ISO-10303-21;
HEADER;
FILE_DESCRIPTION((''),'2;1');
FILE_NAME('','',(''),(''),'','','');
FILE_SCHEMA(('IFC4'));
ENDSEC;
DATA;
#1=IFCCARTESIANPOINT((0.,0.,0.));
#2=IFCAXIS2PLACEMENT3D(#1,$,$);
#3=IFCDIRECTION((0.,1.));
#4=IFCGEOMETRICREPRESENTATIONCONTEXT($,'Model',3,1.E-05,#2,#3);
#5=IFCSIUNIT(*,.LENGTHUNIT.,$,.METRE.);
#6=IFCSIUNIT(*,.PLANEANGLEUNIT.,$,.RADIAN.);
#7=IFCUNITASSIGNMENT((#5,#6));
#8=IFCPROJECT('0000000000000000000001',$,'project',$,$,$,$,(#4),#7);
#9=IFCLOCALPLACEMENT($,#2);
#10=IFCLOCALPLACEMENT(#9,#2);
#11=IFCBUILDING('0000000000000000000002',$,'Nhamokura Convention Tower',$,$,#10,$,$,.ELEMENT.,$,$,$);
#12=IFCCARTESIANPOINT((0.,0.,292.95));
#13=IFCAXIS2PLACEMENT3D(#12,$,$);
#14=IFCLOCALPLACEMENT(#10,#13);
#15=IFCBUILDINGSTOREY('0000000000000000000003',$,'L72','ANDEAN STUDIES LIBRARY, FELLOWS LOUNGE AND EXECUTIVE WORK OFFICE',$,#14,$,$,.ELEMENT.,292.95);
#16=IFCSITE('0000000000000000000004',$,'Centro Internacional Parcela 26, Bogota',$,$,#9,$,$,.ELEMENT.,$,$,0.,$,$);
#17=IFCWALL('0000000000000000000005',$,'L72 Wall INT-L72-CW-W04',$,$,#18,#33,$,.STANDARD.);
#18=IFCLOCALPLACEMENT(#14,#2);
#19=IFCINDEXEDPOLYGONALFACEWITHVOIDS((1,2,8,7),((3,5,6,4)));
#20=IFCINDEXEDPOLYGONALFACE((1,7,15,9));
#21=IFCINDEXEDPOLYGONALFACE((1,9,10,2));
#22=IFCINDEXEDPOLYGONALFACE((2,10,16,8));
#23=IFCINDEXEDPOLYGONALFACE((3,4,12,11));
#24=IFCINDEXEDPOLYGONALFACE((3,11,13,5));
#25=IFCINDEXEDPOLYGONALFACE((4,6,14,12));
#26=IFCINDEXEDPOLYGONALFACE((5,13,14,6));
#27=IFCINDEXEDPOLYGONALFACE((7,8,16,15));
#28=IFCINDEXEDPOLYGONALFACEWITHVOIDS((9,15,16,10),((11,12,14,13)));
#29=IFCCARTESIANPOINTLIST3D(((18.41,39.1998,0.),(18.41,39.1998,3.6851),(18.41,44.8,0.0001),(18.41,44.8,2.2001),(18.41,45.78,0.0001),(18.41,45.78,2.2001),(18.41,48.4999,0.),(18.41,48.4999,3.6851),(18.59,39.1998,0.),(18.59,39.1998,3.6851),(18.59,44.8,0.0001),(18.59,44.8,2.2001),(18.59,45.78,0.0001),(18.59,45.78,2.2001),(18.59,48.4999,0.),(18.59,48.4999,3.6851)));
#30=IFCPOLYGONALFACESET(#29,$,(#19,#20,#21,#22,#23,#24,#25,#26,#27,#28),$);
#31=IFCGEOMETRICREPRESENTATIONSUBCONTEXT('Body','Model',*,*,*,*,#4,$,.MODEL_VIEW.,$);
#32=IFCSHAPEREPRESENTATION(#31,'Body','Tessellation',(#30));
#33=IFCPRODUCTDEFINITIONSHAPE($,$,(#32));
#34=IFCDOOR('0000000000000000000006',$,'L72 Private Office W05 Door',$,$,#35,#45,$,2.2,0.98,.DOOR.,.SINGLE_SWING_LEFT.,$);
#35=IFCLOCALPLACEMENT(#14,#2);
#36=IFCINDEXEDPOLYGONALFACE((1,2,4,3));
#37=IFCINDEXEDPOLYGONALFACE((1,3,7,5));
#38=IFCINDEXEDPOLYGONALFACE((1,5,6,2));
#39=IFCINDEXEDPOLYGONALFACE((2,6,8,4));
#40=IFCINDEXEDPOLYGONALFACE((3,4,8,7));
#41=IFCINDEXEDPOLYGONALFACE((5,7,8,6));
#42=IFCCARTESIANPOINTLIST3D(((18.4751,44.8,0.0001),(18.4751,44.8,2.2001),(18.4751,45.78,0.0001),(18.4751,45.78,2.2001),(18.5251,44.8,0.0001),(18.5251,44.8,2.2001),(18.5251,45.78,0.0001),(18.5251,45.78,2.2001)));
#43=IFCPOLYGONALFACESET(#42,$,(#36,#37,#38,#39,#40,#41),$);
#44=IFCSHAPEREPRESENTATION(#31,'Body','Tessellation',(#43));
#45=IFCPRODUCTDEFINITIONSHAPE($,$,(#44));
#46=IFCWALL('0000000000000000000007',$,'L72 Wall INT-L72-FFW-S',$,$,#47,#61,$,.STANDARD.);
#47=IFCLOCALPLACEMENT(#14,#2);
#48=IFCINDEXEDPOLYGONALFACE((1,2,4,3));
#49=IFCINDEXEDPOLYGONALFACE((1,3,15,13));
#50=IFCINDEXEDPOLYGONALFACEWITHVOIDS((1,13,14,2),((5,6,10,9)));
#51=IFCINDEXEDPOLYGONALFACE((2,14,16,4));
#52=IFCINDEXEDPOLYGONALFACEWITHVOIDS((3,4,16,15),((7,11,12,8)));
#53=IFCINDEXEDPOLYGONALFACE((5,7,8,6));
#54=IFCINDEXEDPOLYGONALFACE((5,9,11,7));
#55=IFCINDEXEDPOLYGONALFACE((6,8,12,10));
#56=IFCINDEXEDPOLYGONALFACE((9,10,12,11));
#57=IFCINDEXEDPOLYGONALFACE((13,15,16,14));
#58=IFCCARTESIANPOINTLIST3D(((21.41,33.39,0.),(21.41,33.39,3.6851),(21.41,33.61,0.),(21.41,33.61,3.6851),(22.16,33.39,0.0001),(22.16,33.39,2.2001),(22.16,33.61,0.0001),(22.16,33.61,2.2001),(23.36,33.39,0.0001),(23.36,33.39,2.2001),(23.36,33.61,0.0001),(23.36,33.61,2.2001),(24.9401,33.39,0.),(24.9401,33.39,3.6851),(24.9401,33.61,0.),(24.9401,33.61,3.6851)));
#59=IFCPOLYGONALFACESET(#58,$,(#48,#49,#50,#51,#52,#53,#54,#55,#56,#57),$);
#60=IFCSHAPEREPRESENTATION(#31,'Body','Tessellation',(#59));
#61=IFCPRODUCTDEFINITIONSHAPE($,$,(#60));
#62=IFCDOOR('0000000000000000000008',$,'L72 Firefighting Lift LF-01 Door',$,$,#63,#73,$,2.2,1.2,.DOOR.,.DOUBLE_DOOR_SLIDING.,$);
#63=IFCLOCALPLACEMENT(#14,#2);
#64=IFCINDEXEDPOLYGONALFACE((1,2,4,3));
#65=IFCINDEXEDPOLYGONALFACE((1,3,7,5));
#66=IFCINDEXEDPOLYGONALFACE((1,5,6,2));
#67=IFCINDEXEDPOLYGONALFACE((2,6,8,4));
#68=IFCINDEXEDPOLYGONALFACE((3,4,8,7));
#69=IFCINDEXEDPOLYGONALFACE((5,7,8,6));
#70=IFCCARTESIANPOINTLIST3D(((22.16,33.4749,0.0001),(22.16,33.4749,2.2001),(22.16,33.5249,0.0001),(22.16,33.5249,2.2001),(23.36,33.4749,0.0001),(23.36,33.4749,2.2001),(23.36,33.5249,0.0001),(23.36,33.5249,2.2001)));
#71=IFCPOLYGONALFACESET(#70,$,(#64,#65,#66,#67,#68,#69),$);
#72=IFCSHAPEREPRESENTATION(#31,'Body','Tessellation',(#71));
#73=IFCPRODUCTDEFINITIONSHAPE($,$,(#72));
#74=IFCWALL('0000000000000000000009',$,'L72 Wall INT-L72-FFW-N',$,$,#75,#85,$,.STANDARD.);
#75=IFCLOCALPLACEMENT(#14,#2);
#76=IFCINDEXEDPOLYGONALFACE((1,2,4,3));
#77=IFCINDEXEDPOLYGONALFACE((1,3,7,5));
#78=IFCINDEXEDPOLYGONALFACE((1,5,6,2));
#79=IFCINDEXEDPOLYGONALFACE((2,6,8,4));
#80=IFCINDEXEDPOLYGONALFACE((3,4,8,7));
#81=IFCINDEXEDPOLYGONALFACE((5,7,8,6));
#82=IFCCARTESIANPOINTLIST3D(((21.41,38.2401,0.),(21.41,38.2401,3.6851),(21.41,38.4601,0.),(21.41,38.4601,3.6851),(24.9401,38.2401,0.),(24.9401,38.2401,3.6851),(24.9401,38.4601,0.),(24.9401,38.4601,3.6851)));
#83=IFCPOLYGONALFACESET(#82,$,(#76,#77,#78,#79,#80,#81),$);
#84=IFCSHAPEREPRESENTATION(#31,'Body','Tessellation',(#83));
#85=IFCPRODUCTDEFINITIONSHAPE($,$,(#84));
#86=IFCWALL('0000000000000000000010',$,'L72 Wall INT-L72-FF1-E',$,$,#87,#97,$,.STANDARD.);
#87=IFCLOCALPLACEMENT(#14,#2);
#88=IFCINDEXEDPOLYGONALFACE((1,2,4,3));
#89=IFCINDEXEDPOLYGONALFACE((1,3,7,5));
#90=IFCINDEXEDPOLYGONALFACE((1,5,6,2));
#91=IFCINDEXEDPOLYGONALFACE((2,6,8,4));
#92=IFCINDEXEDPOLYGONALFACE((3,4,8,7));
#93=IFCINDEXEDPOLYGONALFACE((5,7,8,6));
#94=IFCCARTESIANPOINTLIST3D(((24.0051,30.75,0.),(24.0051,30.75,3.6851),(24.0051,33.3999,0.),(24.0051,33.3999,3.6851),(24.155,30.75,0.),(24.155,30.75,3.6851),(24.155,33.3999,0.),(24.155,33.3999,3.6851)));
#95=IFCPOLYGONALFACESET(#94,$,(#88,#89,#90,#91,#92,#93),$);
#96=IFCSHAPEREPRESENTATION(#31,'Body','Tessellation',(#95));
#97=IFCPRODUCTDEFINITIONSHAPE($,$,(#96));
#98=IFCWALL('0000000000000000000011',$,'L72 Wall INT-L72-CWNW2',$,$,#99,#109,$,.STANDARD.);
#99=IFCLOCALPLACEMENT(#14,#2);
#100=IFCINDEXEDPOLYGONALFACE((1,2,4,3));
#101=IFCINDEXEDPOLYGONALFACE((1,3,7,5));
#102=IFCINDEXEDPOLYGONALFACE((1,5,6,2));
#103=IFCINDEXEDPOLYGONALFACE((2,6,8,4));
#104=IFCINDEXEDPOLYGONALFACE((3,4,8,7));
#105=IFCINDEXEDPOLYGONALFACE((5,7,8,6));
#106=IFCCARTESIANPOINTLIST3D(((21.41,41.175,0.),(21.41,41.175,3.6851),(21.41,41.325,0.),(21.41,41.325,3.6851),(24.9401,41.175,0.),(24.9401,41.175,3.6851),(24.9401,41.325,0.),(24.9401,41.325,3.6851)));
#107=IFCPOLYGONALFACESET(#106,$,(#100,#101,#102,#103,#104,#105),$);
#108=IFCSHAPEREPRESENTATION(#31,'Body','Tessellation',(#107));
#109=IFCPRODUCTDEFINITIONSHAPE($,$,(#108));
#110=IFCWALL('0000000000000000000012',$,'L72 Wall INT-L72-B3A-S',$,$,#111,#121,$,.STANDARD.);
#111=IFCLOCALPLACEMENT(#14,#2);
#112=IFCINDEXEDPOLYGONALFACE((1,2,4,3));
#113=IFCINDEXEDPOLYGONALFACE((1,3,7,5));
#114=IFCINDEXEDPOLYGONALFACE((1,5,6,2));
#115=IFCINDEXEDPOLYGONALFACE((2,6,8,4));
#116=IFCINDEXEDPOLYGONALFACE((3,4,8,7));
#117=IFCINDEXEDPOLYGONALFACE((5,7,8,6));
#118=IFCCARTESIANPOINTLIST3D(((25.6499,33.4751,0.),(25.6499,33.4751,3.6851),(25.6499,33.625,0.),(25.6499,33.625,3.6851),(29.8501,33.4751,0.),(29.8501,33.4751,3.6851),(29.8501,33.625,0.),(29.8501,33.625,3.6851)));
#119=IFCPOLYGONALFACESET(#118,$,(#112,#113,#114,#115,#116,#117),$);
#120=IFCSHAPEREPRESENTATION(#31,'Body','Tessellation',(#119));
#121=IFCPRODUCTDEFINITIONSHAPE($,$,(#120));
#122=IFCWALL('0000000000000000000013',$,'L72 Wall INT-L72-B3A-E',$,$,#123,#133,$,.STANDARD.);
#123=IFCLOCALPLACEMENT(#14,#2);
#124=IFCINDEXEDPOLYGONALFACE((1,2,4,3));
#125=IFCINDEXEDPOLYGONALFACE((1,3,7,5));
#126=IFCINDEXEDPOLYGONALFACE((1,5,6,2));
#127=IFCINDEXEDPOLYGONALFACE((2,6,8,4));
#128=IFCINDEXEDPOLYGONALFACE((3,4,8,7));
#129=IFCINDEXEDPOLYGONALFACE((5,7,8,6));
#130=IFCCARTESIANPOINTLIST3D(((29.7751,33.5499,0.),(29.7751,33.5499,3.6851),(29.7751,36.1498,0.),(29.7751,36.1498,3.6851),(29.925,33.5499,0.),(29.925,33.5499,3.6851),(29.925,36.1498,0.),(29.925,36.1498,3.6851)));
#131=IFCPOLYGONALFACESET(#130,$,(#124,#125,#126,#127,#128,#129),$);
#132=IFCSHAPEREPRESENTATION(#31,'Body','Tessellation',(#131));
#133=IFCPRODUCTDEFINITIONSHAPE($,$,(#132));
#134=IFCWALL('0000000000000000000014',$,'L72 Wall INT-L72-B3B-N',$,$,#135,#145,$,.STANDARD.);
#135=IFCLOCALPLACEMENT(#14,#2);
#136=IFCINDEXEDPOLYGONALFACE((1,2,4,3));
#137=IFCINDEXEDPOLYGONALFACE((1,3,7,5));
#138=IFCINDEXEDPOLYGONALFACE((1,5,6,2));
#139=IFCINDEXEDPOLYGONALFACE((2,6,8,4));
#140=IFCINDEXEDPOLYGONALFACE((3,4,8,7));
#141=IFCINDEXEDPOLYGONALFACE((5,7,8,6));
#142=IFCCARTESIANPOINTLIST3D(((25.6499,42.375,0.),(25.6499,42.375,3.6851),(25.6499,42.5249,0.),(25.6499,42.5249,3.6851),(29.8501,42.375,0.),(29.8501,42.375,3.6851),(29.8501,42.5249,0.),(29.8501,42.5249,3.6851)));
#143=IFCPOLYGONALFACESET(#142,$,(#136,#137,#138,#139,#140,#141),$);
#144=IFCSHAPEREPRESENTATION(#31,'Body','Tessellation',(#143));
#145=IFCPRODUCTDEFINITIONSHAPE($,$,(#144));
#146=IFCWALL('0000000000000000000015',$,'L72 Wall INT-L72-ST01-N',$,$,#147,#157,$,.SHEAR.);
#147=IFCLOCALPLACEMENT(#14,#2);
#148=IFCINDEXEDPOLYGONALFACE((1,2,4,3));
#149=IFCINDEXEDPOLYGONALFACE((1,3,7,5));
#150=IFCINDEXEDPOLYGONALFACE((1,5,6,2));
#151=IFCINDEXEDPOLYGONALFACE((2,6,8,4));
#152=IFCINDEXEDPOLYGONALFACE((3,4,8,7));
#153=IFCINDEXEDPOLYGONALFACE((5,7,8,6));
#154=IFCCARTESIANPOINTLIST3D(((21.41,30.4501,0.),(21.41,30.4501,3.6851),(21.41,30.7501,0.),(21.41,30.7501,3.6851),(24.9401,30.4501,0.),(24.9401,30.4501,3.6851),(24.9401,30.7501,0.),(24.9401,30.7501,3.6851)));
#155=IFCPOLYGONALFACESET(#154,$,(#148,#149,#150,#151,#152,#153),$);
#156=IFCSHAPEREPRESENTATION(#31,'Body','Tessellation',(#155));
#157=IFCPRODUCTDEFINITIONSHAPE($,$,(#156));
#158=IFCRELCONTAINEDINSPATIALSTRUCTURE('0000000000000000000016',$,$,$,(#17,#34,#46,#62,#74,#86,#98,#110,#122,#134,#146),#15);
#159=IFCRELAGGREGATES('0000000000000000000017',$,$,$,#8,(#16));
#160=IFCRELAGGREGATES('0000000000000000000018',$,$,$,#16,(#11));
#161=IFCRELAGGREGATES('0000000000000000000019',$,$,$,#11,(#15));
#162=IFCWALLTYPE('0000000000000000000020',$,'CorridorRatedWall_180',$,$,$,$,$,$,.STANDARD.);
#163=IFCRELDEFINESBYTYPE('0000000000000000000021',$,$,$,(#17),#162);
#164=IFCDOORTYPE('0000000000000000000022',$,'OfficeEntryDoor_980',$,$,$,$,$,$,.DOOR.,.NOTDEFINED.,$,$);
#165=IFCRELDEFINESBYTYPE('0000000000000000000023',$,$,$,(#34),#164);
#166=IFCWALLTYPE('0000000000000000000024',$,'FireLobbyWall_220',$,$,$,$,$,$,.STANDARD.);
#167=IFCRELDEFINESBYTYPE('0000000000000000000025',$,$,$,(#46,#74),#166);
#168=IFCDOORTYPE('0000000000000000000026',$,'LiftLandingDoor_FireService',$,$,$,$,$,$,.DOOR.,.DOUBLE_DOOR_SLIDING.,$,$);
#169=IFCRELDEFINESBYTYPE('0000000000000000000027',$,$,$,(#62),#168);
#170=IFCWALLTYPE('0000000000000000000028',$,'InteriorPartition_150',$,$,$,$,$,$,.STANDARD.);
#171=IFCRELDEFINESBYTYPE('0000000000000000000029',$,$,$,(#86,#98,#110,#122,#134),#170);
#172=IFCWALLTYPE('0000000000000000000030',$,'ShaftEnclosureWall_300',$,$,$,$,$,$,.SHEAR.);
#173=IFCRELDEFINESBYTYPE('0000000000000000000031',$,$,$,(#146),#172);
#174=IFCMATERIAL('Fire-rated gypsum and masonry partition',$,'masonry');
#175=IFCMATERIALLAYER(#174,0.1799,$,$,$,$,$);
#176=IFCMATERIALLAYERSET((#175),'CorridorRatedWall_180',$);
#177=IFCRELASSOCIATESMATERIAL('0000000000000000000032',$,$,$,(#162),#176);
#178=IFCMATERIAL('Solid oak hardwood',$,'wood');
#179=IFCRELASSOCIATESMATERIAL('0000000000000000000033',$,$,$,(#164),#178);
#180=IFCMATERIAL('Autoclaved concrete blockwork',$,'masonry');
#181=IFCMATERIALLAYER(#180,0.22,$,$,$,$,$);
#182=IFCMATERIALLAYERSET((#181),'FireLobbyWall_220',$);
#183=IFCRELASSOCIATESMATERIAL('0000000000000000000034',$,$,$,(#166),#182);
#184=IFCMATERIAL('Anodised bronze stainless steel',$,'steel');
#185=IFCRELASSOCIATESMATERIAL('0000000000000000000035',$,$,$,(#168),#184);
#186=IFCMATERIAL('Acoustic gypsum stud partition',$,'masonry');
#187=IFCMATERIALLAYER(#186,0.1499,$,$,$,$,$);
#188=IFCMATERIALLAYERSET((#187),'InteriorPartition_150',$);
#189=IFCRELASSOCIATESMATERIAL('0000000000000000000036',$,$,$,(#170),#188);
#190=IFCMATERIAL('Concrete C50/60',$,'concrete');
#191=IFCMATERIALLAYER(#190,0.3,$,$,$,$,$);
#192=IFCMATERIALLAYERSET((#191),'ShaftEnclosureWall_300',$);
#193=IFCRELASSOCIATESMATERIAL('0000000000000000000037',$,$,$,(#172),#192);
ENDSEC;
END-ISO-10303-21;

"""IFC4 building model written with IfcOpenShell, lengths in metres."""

from ifc_helpers import new_model, si_unit, direction, frame, frame_2d, origin, place, context, subcontext, project, spatial, rectangle, extrude, material, layer, layer_set, type_object, element, fill, save


model = new_model("IFC4")

# Units and contexts
model_context = context("Model", 3, precision=1e-05, world=origin(), true_north=direction((0.0, 1.0)))
body_context = subcontext(model_context, "Body", "Model", "MODEL_VIEW")
ifc_project = project(units=[si_unit("LENGTHUNIT", "METRE"), si_unit("PLANEANGLEUNIT", "RADIAN")], contexts=[model_context])

# Site, building, storey
site_placement = place(None, origin())
site = spatial("IfcSite", under=ifc_project, at=site_placement, Name="Centro Internacional Parcela 26, Bogota", CompositionType="ELEMENT", RefElevation=0.0)
building_placement = place(site_placement, origin())
building = spatial("IfcBuilding", under=site, at=building_placement, Name="Nhamokura Convention Tower", CompositionType="ELEMENT")
storey_placement = place(building_placement, frame((0.0, 0.0, 292.95)))
storey = spatial("IfcBuildingStorey", under=building, at=storey_placement, Name="L72", Description="ANDEAN STUDIES LIBRARY, FELLOWS LOUNGE AND EXECUTIVE WORK OFFICE", CompositionType="ELEMENT", Elevation=292.95)

# Walls, openings, doors
ifc_material_1 = material(Name="Fire-rated gypsum and masonry partition", Category="masonry")
ifc_layer_1 = layer(ifc_material_1, 0.1799)
ifc_layer_set_1 = layer_set([ifc_layer_1], Name="CorridorRatedWall_180")
wall_type_1 = type_object("IfcWallType", Name="CorridorRatedWall_180", PredefinedType="STANDARD", material=ifc_layer_set_1)
wall_1_placement = place(storey_placement, frame((18.5, 39.2, 0.0), z_axis=(0.0, 0.0, 1.0), x_axis=(0.0, 1.0, 0.0)))
wall_1 = element("IfcWall", 1, at=wall_1_placement, inside=storey, type_object=wall_type_1, Name="L72 Wall INT-L72-CW-W04", PredefinedType="STANDARD", context=body_context, shape_type="SweptSolid", body=[
    extrude(rectangle(XDim=9.3, YDim=0.1799, at=frame_2d((4.6499, 0.0))), origin(), (0.0, 0.0, 1.0), 3.6851),
])
opening_1_placement = place(wall_1_placement, frame((5.6001, 0.0, 0.0)))
opening_1 = element("IfcOpeningElement", 2, at=opening_1_placement, cuts=wall_1, PredefinedType="OPENING", context=body_context, shape_type="SweptSolid", body=[
    extrude(rectangle(XDim=0.98, YDim=2.2, at=frame_2d((0.49, 1.1001))), frame((0.0, 0.0999, 0.0), z_axis=(0.0, -1.0, 0.0), x_axis=(1.0, 0.0, 0.0)), (0.0, 0.0, 1.0), 0.2),
])
ifc_material_2 = material(Name="Solid oak hardwood", Category="wood")
door_type_1 = type_object("IfcDoorType", Name="OfficeEntryDoor_980", OperationType="NOTDEFINED", PredefinedType="DOOR", material=ifc_material_2)
door_1_placement = place(opening_1_placement, origin())
door_1 = element("IfcDoor", 3, at=door_1_placement, inside=storey, type_object=door_type_1, Name="L72 Private Office W05 Door", OperationType="SINGLE_SWING_LEFT", OverallHeight=2.2, OverallWidth=0.98, PredefinedType="DOOR", context=body_context, shape_type="SweptSolid", body=[
    extrude(rectangle(XDim=0.98, YDim=2.2, at=frame_2d((0.49, 1.1001))), frame((0.0, 0.0249, 0.0), z_axis=(0.0, -1.0, 0.0), x_axis=(1.0, 0.0, 0.0)), (0.0, 0.0, 1.0), 0.05),
])
fill(opening_1, door_1)
ifc_material_3 = material(Name="Autoclaved concrete blockwork", Category="masonry")
ifc_layer_2 = layer(ifc_material_3, 0.22)
ifc_layer_set_2 = layer_set([ifc_layer_2], Name="FireLobbyWall_220")
wall_type_2 = type_object("IfcWallType", Name="FireLobbyWall_220", PredefinedType="STANDARD", material=ifc_layer_set_2)
wall_2_placement = place(storey_placement, frame((21.4099, 33.5, 0.0), z_axis=(0.0, 0.0, 1.0), x_axis=(1.0, 0.0, 0.0)))
wall_2 = element("IfcWall", 4, at=wall_2_placement, inside=storey, type_object=wall_type_2, Name="L72 Wall INT-L72-FFW-S", PredefinedType="STANDARD", context=body_context, shape_type="SweptSolid", body=[
    extrude(rectangle(XDim=3.53, YDim=0.22, at=frame_2d((1.7651, 0.0))), origin(), (0.0, 0.0, 1.0), 3.6851),
])
opening_2_placement = place(wall_2_placement, frame((0.75, 0.0, 0.0)))
opening_2 = element("IfcOpeningElement", 5, at=opening_2_placement, cuts=wall_2, PredefinedType="OPENING", context=body_context, shape_type="SweptSolid", body=[
    extrude(rectangle(XDim=1.2, YDim=2.2, at=frame_2d((0.6001, 1.1001))), frame((0.0, 0.1199, 0.0), z_axis=(0.0, -1.0, 0.0), x_axis=(1.0, 0.0, 0.0)), (0.0, 0.0, 1.0), 0.24),
])
ifc_material_4 = material(Name="Anodised bronze stainless steel", Category="steel")
door_type_2 = type_object("IfcDoorType", Name="LiftLandingDoor_FireService", OperationType="DOUBLE_DOOR_SLIDING", PredefinedType="DOOR", material=ifc_material_4)
door_2_placement = place(opening_2_placement, origin())
door_2 = element("IfcDoor", 6, at=door_2_placement, inside=storey, type_object=door_type_2, Name="L72 Firefighting Lift LF-01 Door", OperationType="DOUBLE_DOOR_SLIDING", OverallHeight=2.2, OverallWidth=1.2, PredefinedType="DOOR", context=body_context, shape_type="SweptSolid", body=[
    extrude(rectangle(XDim=1.2, YDim=2.2, at=frame_2d((0.6001, 1.1001))), frame((0.0, 0.0249, 0.0), z_axis=(0.0, -1.0, 0.0), x_axis=(1.0, 0.0, 0.0)), (0.0, 0.0, 1.0), 0.05),
])
fill(opening_2, door_2)

# Wall
wall_3_placement = place(storey_placement, frame((21.4099, 38.3501, 0.0), z_axis=(0.0, 0.0, 1.0), x_axis=(1.0, 0.0, 0.0)))
element("IfcWall", 7, at=wall_3_placement, inside=storey, type_object=wall_type_2, Name="L72 Wall INT-L72-FFW-N", PredefinedType="STANDARD", context=body_context, shape_type="SweptSolid", body=[
    extrude(rectangle(XDim=3.53, YDim=0.22, at=frame_2d((1.7651, 0.0))), origin(), (0.0, 0.0, 1.0), 3.6851),
])

# Walls
ifc_material_5 = material(Name="Acoustic gypsum stud partition", Category="masonry")
ifc_layer_3 = layer(ifc_material_5, 0.1499)
ifc_layer_set_3 = layer_set([ifc_layer_3], Name="InteriorPartition_150")
wall_type_3 = type_object("IfcWallType", Name="InteriorPartition_150", PredefinedType="STANDARD", material=ifc_layer_set_3)
wall_4_placement = place(storey_placement, frame((24.0801, 30.75, 0.0), z_axis=(0.0, 0.0, 1.0), x_axis=(0.0, 1.0, 0.0)))
element("IfcWall", 8, at=wall_4_placement, inside=storey, type_object=wall_type_3, Name="L72 Wall INT-L72-FF1-E", PredefinedType="STANDARD", context=body_context, shape_type="SweptSolid", body=[
    extrude(rectangle(XDim=2.6499, YDim=0.1499, at=frame_2d((1.325, 0.0))), origin(), (0.0, 0.0, 1.0), 3.6851),
])
wall_5_placement = place(storey_placement, frame((21.4099, 41.25, 0.0), z_axis=(0.0, 0.0, 1.0), x_axis=(1.0, 0.0, 0.0)))
element("IfcWall", 9, at=wall_5_placement, inside=storey, type_object=wall_type_3, Name="L72 Wall INT-L72-CWNW2", PredefinedType="STANDARD", context=body_context, shape_type="SweptSolid", body=[
    extrude(rectangle(XDim=3.53, YDim=0.1499, at=frame_2d((1.7651, 0.0))), origin(), (0.0, 0.0, 1.0), 3.6851),
])
wall_6_placement = place(storey_placement, frame((25.6499, 33.55, 0.0), z_axis=(0.0, 0.0, 1.0), x_axis=(1.0, 0.0, 0.0)))
element("IfcWall", 10, at=wall_6_placement, inside=storey, type_object=wall_type_3, Name="L72 Wall INT-L72-B3A-S", PredefinedType="STANDARD", context=body_context, shape_type="SweptSolid", body=[
    extrude(rectangle(XDim=4.2002, YDim=0.1499, at=frame_2d((2.1001, 0.0))), origin(), (0.0, 0.0, 1.0), 3.6851),
])
wall_7_placement = place(storey_placement, frame((29.8501, 33.55, 0.0), z_axis=(0.0, 0.0, 1.0), x_axis=(0.0, 1.0, 0.0)))
element("IfcWall", 11, at=wall_7_placement, inside=storey, type_object=wall_type_3, Name="L72 Wall INT-L72-B3A-E", PredefinedType="STANDARD", context=body_context, shape_type="SweptSolid", body=[
    extrude(rectangle(XDim=2.5999, YDim=0.1499, at=frame_2d((1.2998, 0.0))), origin(), (0.0, 0.0, 1.0), 3.6851),
])
wall_8_placement = place(storey_placement, frame((25.6499, 42.45, 0.0), z_axis=(0.0, 0.0, 1.0), x_axis=(1.0, 0.0, 0.0)))
element("IfcWall", 12, at=wall_8_placement, inside=storey, type_object=wall_type_3, Name="L72 Wall INT-L72-B3B-N", PredefinedType="STANDARD", context=body_context, shape_type="SweptSolid", body=[
    extrude(rectangle(XDim=4.2002, YDim=0.1499, at=frame_2d((2.1001, 0.0))), origin(), (0.0, 0.0, 1.0), 3.6851),
])
ifc_material_6 = material(Name="Concrete C50/60", Category="concrete")
ifc_layer_4 = layer(ifc_material_6, 0.3)
ifc_layer_set_4 = layer_set([ifc_layer_4], Name="ShaftEnclosureWall_300")
wall_type_4 = type_object("IfcWallType", Name="ShaftEnclosureWall_300", PredefinedType="SHEAR", material=ifc_layer_set_4)
wall_9_placement = place(storey_placement, frame((21.4099, 30.6001, 0.0), z_axis=(0.0, 0.0, 1.0), x_axis=(1.0, 0.0, 0.0)))
element("IfcWall", 13, at=wall_9_placement, inside=storey, type_object=wall_type_4, Name="L72 Wall INT-L72-ST01-N", PredefinedType="SHEAR", context=body_context, shape_type="SweptSolid", body=[
    extrude(rectangle(XDim=3.53, YDim=0.3, at=frame_2d((1.7651, 0.0))), origin(), (0.0, 0.0, 1.0), 3.6851),
])

save(model, "model.ifc")
